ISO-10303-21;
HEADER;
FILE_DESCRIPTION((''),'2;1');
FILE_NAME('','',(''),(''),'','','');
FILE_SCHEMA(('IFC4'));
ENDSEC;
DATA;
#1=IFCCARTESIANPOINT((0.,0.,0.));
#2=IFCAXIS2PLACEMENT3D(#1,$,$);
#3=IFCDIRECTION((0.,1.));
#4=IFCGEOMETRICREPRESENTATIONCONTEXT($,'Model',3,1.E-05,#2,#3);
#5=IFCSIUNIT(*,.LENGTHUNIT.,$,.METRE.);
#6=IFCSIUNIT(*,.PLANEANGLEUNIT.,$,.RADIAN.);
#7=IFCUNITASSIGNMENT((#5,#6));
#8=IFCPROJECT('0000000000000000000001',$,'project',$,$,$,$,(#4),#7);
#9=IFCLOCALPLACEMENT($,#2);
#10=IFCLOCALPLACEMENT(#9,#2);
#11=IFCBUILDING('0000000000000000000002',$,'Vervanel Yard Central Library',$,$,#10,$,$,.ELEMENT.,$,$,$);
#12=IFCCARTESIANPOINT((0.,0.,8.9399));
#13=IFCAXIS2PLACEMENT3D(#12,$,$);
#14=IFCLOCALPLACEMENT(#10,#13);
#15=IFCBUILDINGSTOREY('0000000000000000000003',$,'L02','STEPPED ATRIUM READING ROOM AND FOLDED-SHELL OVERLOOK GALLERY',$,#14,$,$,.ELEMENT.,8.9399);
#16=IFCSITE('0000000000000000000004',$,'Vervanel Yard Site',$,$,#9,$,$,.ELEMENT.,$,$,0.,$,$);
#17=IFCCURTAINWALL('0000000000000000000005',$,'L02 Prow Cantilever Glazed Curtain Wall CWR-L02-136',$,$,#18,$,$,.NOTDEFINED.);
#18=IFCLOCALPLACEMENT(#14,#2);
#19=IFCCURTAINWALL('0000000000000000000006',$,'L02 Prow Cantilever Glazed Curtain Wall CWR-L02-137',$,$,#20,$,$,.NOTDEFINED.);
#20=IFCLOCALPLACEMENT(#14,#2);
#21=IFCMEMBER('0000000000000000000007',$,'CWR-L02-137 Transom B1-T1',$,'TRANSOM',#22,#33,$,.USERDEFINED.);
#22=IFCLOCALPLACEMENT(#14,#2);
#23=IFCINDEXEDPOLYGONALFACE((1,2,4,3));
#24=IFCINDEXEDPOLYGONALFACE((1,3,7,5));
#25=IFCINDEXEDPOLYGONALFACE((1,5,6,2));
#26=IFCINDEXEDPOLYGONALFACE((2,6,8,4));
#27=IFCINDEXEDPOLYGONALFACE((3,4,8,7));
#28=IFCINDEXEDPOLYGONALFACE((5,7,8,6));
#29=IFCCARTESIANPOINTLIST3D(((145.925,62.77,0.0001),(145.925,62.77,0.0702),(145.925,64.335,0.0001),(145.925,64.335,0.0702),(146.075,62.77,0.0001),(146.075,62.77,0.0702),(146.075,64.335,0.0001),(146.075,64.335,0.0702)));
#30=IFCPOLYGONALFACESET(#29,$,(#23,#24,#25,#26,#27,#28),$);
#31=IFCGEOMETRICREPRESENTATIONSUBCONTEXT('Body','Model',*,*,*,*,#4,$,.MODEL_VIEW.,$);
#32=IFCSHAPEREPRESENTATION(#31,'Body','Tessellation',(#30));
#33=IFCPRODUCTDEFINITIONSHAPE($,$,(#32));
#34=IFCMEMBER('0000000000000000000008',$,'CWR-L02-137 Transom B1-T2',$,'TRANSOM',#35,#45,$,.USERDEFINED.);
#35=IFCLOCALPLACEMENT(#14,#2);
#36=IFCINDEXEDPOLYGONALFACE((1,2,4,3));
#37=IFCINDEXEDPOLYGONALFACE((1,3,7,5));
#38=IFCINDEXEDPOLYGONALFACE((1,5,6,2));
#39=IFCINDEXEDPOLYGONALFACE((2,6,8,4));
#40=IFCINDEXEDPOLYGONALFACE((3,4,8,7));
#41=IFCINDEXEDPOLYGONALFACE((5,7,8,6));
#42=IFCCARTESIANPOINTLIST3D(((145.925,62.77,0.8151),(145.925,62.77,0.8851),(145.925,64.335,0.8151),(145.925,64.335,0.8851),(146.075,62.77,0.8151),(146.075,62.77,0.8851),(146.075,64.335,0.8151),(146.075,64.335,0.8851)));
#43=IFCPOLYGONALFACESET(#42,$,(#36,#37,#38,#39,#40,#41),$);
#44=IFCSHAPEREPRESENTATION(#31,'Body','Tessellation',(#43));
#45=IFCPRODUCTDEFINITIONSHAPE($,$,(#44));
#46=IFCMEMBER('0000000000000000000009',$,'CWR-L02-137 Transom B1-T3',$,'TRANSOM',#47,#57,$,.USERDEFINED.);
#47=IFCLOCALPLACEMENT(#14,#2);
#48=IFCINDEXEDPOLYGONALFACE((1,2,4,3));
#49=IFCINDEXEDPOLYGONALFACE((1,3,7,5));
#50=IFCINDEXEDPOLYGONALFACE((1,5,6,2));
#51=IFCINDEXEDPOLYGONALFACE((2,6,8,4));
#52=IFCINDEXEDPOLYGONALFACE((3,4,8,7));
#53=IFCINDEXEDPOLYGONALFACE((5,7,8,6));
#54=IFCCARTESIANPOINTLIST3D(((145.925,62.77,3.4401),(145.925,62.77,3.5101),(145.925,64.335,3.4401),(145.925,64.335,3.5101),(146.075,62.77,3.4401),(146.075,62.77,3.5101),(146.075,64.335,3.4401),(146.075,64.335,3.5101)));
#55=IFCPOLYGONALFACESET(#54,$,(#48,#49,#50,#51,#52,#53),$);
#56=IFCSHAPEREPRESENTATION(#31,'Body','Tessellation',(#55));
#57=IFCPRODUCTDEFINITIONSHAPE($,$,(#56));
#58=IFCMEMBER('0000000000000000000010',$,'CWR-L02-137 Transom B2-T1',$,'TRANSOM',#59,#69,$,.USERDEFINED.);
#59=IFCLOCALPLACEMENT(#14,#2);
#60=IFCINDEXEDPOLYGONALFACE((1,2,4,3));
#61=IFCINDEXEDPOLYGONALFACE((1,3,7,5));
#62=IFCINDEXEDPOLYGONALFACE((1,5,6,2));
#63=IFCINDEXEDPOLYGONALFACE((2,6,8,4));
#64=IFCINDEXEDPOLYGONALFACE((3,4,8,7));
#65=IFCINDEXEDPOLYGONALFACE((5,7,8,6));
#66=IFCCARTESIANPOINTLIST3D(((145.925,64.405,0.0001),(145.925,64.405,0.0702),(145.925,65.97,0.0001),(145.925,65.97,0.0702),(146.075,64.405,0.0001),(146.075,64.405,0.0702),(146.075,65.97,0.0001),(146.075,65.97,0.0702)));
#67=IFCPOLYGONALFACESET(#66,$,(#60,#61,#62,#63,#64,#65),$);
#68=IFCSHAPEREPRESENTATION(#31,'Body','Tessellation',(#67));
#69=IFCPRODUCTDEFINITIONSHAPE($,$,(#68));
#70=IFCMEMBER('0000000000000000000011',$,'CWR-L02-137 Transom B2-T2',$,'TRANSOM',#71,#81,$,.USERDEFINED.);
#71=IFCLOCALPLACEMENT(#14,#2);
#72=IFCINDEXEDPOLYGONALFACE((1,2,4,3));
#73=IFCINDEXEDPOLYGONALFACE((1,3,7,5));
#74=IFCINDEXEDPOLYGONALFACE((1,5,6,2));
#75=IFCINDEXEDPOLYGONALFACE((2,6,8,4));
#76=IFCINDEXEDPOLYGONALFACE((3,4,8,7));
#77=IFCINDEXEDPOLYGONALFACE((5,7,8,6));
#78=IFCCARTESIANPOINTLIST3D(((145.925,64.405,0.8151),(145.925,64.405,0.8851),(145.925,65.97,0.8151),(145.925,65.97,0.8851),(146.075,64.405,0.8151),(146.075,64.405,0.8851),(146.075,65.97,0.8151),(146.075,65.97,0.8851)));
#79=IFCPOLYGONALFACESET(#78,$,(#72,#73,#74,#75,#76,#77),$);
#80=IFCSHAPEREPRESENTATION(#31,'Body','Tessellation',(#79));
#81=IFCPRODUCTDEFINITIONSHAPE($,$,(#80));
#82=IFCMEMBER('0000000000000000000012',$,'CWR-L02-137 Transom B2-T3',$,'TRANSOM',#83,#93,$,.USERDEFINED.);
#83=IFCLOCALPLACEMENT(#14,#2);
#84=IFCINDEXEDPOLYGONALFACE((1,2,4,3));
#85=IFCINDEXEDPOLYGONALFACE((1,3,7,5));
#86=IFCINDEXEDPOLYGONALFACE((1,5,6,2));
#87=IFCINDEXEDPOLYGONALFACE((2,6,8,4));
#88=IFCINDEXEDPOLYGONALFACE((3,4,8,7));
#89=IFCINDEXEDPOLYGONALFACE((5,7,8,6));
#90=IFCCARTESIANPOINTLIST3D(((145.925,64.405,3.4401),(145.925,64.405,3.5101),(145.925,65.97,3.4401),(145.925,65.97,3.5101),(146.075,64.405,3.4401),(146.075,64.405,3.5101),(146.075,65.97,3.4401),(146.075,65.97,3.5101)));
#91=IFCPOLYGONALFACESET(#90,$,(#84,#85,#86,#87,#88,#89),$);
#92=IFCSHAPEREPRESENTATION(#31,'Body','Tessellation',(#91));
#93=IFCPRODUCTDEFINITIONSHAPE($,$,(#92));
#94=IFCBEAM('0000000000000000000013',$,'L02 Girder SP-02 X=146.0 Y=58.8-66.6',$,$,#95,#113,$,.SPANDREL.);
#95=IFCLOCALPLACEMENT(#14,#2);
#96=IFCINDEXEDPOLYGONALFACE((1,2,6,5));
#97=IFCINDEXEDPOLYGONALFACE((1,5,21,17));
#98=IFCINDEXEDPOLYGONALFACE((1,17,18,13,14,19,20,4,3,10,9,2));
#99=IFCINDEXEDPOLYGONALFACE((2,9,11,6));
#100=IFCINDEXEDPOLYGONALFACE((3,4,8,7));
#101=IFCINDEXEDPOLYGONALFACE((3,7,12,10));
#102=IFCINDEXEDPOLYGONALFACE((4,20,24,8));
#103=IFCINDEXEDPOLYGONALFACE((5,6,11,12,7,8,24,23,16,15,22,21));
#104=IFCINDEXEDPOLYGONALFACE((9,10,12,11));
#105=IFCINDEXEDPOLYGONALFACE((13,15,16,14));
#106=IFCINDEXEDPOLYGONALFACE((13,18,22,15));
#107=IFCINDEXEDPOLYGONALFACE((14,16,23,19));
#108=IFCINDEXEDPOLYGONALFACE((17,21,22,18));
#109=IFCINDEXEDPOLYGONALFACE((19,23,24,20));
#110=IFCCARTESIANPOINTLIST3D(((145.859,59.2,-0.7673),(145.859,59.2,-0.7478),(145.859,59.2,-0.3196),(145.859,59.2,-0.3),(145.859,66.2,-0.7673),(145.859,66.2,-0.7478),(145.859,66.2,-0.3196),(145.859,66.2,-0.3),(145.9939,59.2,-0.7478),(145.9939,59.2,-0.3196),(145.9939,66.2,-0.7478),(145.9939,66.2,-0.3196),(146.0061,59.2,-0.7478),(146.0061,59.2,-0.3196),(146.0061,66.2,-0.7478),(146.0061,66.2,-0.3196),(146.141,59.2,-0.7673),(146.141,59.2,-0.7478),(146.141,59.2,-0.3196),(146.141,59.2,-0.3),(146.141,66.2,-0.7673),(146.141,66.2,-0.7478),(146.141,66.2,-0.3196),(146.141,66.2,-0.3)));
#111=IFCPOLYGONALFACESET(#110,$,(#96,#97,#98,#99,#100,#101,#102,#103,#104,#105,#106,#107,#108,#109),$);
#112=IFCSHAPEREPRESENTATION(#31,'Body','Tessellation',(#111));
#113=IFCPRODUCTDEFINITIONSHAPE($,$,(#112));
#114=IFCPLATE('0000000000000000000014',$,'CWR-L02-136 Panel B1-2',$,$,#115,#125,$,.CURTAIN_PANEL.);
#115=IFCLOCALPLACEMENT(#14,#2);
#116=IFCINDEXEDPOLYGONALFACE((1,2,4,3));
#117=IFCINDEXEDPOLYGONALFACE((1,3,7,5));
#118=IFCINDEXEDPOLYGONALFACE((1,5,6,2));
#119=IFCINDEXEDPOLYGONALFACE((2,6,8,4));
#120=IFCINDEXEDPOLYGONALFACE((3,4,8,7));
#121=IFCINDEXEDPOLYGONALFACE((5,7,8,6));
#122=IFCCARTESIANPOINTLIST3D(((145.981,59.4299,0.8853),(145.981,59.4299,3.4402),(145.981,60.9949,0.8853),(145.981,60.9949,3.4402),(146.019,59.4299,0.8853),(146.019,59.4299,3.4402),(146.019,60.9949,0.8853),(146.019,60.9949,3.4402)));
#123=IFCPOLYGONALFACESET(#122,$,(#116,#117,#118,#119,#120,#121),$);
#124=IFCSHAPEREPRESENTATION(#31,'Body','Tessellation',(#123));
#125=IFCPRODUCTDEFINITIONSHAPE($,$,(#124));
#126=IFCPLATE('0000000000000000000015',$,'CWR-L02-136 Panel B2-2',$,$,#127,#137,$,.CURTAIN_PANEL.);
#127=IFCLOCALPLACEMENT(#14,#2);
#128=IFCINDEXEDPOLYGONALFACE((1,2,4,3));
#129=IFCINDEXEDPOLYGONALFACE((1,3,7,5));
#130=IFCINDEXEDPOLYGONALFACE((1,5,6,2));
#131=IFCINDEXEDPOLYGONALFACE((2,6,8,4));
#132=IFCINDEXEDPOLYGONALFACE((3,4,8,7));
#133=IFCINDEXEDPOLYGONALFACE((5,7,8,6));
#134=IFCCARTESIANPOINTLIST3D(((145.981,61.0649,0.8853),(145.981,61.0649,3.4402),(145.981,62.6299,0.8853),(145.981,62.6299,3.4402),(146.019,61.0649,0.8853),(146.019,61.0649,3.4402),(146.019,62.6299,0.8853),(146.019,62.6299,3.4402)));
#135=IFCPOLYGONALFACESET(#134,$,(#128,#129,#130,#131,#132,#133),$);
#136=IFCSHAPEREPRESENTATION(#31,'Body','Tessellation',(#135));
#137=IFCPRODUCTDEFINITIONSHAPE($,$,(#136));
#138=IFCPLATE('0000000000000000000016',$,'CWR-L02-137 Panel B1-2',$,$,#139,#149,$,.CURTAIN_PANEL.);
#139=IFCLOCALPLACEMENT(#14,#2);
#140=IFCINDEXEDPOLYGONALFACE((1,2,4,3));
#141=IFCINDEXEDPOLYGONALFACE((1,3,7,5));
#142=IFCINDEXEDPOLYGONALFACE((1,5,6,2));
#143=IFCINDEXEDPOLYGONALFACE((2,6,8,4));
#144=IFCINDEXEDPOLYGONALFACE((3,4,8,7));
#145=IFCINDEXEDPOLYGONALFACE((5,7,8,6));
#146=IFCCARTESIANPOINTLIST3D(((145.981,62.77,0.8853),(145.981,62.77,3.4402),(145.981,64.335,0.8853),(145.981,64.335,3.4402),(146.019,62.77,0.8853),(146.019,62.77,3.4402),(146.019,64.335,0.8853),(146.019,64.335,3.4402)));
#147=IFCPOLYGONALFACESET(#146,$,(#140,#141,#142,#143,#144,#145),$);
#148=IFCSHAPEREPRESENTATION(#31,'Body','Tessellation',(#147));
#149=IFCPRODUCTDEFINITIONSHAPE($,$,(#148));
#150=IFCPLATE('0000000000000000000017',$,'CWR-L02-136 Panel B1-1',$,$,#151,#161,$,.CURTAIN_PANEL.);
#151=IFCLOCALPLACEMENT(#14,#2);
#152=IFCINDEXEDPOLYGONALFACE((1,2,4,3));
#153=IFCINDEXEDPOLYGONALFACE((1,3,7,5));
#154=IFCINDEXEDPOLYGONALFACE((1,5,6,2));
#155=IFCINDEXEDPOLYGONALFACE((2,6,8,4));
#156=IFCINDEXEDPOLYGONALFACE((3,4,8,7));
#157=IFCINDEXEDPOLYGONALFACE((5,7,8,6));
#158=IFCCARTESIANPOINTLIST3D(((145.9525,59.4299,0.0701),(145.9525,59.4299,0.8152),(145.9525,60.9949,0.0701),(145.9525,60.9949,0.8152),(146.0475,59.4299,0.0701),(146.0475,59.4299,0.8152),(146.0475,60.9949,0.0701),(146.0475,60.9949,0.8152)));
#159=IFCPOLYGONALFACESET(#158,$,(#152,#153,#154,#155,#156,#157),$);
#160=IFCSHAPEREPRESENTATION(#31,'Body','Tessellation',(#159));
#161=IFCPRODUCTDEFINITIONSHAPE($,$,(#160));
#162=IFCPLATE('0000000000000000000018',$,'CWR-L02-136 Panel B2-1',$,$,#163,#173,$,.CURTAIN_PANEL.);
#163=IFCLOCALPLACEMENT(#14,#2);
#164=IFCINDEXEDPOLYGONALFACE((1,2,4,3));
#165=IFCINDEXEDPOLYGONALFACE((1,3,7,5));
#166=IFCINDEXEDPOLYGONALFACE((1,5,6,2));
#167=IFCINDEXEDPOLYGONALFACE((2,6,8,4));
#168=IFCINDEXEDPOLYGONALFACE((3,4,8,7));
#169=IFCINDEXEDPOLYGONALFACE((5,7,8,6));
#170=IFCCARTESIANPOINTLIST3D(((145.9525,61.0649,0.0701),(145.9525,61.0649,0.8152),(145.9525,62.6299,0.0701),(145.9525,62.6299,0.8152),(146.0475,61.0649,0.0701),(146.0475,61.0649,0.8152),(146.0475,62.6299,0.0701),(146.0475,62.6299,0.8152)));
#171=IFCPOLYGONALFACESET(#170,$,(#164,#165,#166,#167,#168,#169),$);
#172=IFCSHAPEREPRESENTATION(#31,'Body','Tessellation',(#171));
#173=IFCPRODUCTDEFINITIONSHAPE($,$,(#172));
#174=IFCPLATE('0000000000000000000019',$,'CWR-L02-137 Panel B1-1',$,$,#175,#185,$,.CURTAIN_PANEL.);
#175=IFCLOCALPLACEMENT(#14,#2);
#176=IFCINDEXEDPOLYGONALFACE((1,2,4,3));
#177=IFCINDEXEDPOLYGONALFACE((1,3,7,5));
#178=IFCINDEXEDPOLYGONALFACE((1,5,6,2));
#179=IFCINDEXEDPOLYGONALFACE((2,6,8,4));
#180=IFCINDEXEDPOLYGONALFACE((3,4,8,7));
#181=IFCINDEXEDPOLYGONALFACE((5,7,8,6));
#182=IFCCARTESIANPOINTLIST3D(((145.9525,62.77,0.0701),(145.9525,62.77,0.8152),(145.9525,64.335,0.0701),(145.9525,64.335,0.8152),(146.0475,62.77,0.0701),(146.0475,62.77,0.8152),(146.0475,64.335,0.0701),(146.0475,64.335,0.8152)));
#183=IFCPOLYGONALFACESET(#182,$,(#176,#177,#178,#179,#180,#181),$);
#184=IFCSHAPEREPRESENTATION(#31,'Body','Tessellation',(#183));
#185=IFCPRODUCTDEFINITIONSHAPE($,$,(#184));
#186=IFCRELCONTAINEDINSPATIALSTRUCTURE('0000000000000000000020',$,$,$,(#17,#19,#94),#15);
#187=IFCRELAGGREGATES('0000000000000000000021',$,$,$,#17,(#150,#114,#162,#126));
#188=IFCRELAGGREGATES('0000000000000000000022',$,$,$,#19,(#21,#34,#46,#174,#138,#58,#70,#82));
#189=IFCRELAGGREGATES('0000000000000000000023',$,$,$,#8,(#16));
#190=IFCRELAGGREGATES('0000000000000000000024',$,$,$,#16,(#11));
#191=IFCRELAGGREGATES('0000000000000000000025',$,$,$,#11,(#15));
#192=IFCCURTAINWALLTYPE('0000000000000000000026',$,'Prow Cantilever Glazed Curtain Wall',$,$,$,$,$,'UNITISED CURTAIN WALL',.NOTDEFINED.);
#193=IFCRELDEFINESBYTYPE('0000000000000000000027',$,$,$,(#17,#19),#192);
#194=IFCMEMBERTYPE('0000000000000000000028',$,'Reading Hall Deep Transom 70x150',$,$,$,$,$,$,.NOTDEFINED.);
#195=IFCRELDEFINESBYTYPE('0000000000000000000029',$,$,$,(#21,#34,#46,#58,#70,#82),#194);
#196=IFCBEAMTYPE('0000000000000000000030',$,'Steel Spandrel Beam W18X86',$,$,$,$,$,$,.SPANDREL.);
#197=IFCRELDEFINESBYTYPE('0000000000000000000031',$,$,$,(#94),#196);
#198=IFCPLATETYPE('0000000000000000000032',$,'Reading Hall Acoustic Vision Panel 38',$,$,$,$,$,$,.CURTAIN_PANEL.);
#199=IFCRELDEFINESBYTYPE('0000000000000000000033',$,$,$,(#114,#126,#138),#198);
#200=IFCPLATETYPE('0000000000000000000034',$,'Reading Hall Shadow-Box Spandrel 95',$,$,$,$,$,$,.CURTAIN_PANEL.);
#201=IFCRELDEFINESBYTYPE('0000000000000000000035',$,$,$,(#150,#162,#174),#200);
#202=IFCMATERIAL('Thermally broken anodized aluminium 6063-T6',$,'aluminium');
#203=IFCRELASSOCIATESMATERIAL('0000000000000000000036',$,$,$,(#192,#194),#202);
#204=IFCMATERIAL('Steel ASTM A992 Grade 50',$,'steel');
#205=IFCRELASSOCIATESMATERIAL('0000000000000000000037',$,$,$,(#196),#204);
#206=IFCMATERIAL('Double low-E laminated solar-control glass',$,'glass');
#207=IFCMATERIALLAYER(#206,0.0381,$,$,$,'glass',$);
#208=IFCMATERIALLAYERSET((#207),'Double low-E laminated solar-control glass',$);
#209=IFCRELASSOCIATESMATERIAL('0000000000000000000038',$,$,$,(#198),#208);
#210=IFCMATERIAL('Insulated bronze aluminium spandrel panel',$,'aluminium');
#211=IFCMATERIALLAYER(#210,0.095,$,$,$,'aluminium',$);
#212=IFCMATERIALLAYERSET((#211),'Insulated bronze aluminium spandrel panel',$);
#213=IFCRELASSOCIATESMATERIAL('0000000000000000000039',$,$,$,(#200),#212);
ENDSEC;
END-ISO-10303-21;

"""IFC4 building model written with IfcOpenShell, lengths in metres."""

from ifc_helpers import new_model, si_unit, direction, frame, origin, origin_2d, place, context, subcontext, project, spatial, rectangle, i_section, extrude, material, layer, layer_set, material_profile, profile_set, type_object, element, aggregate, save


model = new_model("IFC4")

# Units and contexts
model_context = context("Model", 3, precision=1e-05, world=origin(), true_north=direction((0.0, 1.0)))
body_context = subcontext(model_context, "Body", "Model", "MODEL_VIEW")
ifc_project = project(units=[si_unit("LENGTHUNIT", "METRE"), si_unit("PLANEANGLEUNIT", "RADIAN")], contexts=[model_context])

# Site, building, storey
site_placement = place(None, origin())
site = spatial("IfcSite", under=ifc_project, at=site_placement, Name="Vervanel Yard Site", CompositionType="ELEMENT", RefElevation=0.0)
building_placement = place(site_placement, origin())
building = spatial("IfcBuilding", under=site, at=building_placement, Name="Vervanel Yard Central Library", CompositionType="ELEMENT")
storey_placement = place(building_placement, frame((0.0, 0.0, 8.9399)))
storey = spatial("IfcBuildingStorey", under=building, at=storey_placement, Name="L02", Description="STEPPED ATRIUM READING ROOM AND FOLDED-SHELL OVERLOOK GALLERY", CompositionType="ELEMENT", Elevation=8.9399)

# Shared definitions
ifc_material_1 = material(Name="Steel ASTM A992 Grade 50", Category="steel")

# Curtain walls
ifc_material_2 = material(Name="Thermally broken anodized aluminium 6063-T6", Category="aluminium")
curtain_wall_type = type_object("IfcCurtainWallType", Name="Prow Cantilever Glazed Curtain Wall", ElementType="UNITISED CURTAIN WALL", PredefinedType="NOTDEFINED", material=ifc_material_2)
curtain_wall_1_placement = place(storey_placement, origin())
curtain_wall_1 = element("IfcCurtainWall", 1, at=curtain_wall_1_placement, inside=storey, type_object=curtain_wall_type, Name="L02 Prow Cantilever Glazed Curtain Wall CWR-L02-136", PredefinedType="NOTDEFINED")
curtain_wall_2_placement = place(storey_placement, origin())
curtain_wall_2 = element("IfcCurtainWall", 2, at=curtain_wall_2_placement, inside=storey, type_object=curtain_wall_type, Name="L02 Prow Cantilever Glazed Curtain Wall CWR-L02-137", PredefinedType="NOTDEFINED")

# Members
ifc_material_profile_1 = material_profile(ifc_material_2, rectangle(XDim=0.0701, YDim=0.1499, at=origin_2d()), Name="ALU 70x150", Category="aluminium")
ifc_profile_set_1 = profile_set([ifc_material_profile_1], Name="Thermally broken anodized aluminium 6063-T6")
member_type_1 = type_object("IfcMemberType", Name="Reading Hall Deep Transom 70x150", PredefinedType="NOTDEFINED", material=ifc_profile_set_1)
member_1_placement = place(storey_placement, frame((146.0, 62.77, 0.0352), z_axis=(0.0, 1.0, 0.0), x_axis=(0.0, 0.0, 1.0)))
member_1 = element("IfcMember", 3, at=member_1_placement, type_object=member_type_1, Name="CWR-L02-137 Transom B1-T1", ObjectType="TRANSOM", PredefinedType="USERDEFINED", context=body_context, shape_type="SweptSolid", body=[
    extrude(rectangle(XDim=0.0701, YDim=0.1499, at=origin_2d()), origin(), (0.0, 0.0, 1.0), 1.5649),
])
member_2_placement = place(storey_placement, frame((146.0, 62.77, 0.8501), z_axis=(0.0, 1.0, 0.0), x_axis=(0.0, 0.0, 1.0)))
member_2 = element("IfcMember", 4, at=member_2_placement, type_object=member_type_1, Name="CWR-L02-137 Transom B1-T2", ObjectType="TRANSOM", PredefinedType="USERDEFINED", context=body_context, shape_type="SweptSolid", body=[
    extrude(rectangle(XDim=0.0701, YDim=0.1499, at=origin_2d()), origin(), (0.0, 0.0, 1.0), 1.5649),
])
member_3_placement = place(storey_placement, frame((146.0, 62.77, 3.4751), z_axis=(0.0, 1.0, 0.0), x_axis=(0.0, 0.0, 1.0)))
member_3 = element("IfcMember", 5, at=member_3_placement, type_object=member_type_1, Name="CWR-L02-137 Transom B1-T3", ObjectType="TRANSOM", PredefinedType="USERDEFINED", context=body_context, shape_type="SweptSolid", body=[
    extrude(rectangle(XDim=0.0701, YDim=0.1499, at=origin_2d()), origin(), (0.0, 0.0, 1.0), 1.5649),
])
member_4_placement = place(storey_placement, frame((146.0, 64.405, 0.0352), z_axis=(0.0, 1.0, 0.0), x_axis=(0.0, 0.0, 1.0)))
member_4 = element("IfcMember", 6, at=member_4_placement, type_object=member_type_1, Name="CWR-L02-137 Transom B2-T1", ObjectType="TRANSOM", PredefinedType="USERDEFINED", context=body_context, shape_type="SweptSolid", body=[
    extrude(rectangle(XDim=0.0701, YDim=0.1499, at=origin_2d()), origin(), (0.0, 0.0, 1.0), 1.5649),
])
member_5_placement = place(storey_placement, frame((146.0, 64.405, 0.8501), z_axis=(0.0, 1.0, 0.0), x_axis=(0.0, 0.0, 1.0)))
member_5 = element("IfcMember", 7, at=member_5_placement, type_object=member_type_1, Name="CWR-L02-137 Transom B2-T2", ObjectType="TRANSOM", PredefinedType="USERDEFINED", context=body_context, shape_type="SweptSolid", body=[
    extrude(rectangle(XDim=0.0701, YDim=0.1499, at=origin_2d()), origin(), (0.0, 0.0, 1.0), 1.5649),
])
member_6_placement = place(storey_placement, frame((146.0, 64.405, 3.4751), z_axis=(0.0, 1.0, 0.0), x_axis=(0.0, 0.0, 1.0)))
member_6 = element("IfcMember", 8, at=member_6_placement, type_object=member_type_1, Name="CWR-L02-137 Transom B2-T3", ObjectType="TRANSOM", PredefinedType="USERDEFINED", context=body_context, shape_type="SweptSolid", body=[
    extrude(rectangle(XDim=0.0701, YDim=0.1499, at=origin_2d()), origin(), (0.0, 0.0, 1.0), 1.5649),
])

# Beam
ifc_material_profile_2 = material_profile(ifc_material_1, i_section(OverallWidth=0.282, OverallDepth=0.4673, WebThickness=0.0122, FlangeThickness=0.0195, at=origin_2d()), Name="W18X86", Category="steel")
ifc_profile_set_2 = profile_set([ifc_material_profile_2], Name="Steel ASTM A992 Grade 50")
beam_type = type_object("IfcBeamType", Name="Steel Spandrel Beam W18X86", PredefinedType="SPANDREL", material=ifc_profile_set_2)
beam_placement = place(storey_placement, frame((146.0, 59.2, -0.5337), z_axis=(0.0, 1.0, 0.0), x_axis=(-1.0, 0.0, 0.0)))
element("IfcBeam", 9, at=beam_placement, inside=storey, type_object=beam_type, Name="L02 Girder SP-02 X=146.0 Y=58.8-66.6", PredefinedType="SPANDREL", context=body_context, shape_type="SweptSolid", body=[
    extrude(i_section(OverallWidth=0.282, OverallDepth=0.4673, WebThickness=0.0122, FlangeThickness=0.0195, at=origin_2d()), origin(), (0.0, 0.0, 1.0), 7.0),
])

# Plates
ifc_material_3 = material(Name="Double low-E laminated solar-control glass", Category="glass")
ifc_layer_1 = layer(ifc_material_3, 0.0381, Category="glass")
ifc_layer_set_1 = layer_set([ifc_layer_1], Name="Double low-E laminated solar-control glass")
plate_type_1 = type_object("IfcPlateType", Name="Reading Hall Acoustic Vision Panel 38", PredefinedType="CURTAIN_PANEL", material=ifc_layer_set_1)
plate_1_placement = place(storey_placement, frame((146.0, 60.2124, 0.8853), z_axis=(0.0, 0.0, 1.0), x_axis=(0.0, 1.0, 0.0)))
plate_1 = element("IfcPlate", 10, at=plate_1_placement, type_object=plate_type_1, Name="CWR-L02-136 Panel B1-2", PredefinedType="CURTAIN_PANEL", context=body_context, shape_type="SweptSolid", body=[
    extrude(rectangle(XDim=1.5649, YDim=0.0381, at=origin_2d()), origin(), (0.0, 0.0, 1.0), 2.5549),
])
plate_2_placement = place(storey_placement, frame((146.0, 61.8474, 0.8853), z_axis=(0.0, 0.0, 1.0), x_axis=(0.0, 1.0, 0.0)))
plate_2 = element("IfcPlate", 11, at=plate_2_placement, type_object=plate_type_1, Name="CWR-L02-136 Panel B2-2", PredefinedType="CURTAIN_PANEL", context=body_context, shape_type="SweptSolid", body=[
    extrude(rectangle(XDim=1.5649, YDim=0.0381, at=origin_2d()), origin(), (0.0, 0.0, 1.0), 2.5549),
])
plate_3_placement = place(storey_placement, frame((146.0, 63.5525, 0.8853), z_axis=(0.0, 0.0, 1.0), x_axis=(0.0, 1.0, 0.0)))
plate_3 = element("IfcPlate", 12, at=plate_3_placement, type_object=plate_type_1, Name="CWR-L02-137 Panel B1-2", PredefinedType="CURTAIN_PANEL", context=body_context, shape_type="SweptSolid", body=[
    extrude(rectangle(XDim=1.5649, YDim=0.0381, at=origin_2d()), origin(), (0.0, 0.0, 1.0), 2.5549),
])
ifc_material_4 = material(Name="Insulated bronze aluminium spandrel panel", Category="aluminium")
ifc_layer_2 = layer(ifc_material_4, 0.095, Category="aluminium")
ifc_layer_set_2 = layer_set([ifc_layer_2], Name="Insulated bronze aluminium spandrel panel")
plate_type_2 = type_object("IfcPlateType", Name="Reading Hall Shadow-Box Spandrel 95", PredefinedType="CURTAIN_PANEL", material=ifc_layer_set_2)
plate_4_placement = place(storey_placement, frame((146.0, 60.2124, 0.0701), z_axis=(0.0, 0.0, 1.0), x_axis=(0.0, 1.0, 0.0)))
plate_4 = element("IfcPlate", 13, at=plate_4_placement, type_object=plate_type_2, Name="CWR-L02-136 Panel B1-1", PredefinedType="CURTAIN_PANEL", context=body_context, shape_type="SweptSolid", body=[
    extrude(rectangle(XDim=1.5649, YDim=0.095, at=origin_2d()), origin(), (0.0, 0.0, 1.0), 0.7451),
])
plate_5_placement = place(storey_placement, frame((146.0, 61.8474, 0.0701), z_axis=(0.0, 0.0, 1.0), x_axis=(0.0, 1.0, 0.0)))
plate_5 = element("IfcPlate", 14, at=plate_5_placement, type_object=plate_type_2, Name="CWR-L02-136 Panel B2-1", PredefinedType="CURTAIN_PANEL", context=body_context, shape_type="SweptSolid", body=[
    extrude(rectangle(XDim=1.5649, YDim=0.095, at=origin_2d()), origin(), (0.0, 0.0, 1.0), 0.7451),
])
aggregate(curtain_wall_1, [plate_4, plate_1, plate_5, plate_2])
plate_6_placement = place(storey_placement, frame((146.0, 63.5525, 0.0701), z_axis=(0.0, 0.0, 1.0), x_axis=(0.0, 1.0, 0.0)))
plate_6 = element("IfcPlate", 15, at=plate_6_placement, type_object=plate_type_2, Name="CWR-L02-137 Panel B1-1", PredefinedType="CURTAIN_PANEL", context=body_context, shape_type="SweptSolid", body=[
    extrude(rectangle(XDim=1.5649, YDim=0.095, at=origin_2d()), origin(), (0.0, 0.0, 1.0), 0.7451),
])
aggregate(curtain_wall_2, [member_1, member_2, member_3, plate_6, plate_3, member_4, member_5, member_6])

save(model, "model.ifc")
